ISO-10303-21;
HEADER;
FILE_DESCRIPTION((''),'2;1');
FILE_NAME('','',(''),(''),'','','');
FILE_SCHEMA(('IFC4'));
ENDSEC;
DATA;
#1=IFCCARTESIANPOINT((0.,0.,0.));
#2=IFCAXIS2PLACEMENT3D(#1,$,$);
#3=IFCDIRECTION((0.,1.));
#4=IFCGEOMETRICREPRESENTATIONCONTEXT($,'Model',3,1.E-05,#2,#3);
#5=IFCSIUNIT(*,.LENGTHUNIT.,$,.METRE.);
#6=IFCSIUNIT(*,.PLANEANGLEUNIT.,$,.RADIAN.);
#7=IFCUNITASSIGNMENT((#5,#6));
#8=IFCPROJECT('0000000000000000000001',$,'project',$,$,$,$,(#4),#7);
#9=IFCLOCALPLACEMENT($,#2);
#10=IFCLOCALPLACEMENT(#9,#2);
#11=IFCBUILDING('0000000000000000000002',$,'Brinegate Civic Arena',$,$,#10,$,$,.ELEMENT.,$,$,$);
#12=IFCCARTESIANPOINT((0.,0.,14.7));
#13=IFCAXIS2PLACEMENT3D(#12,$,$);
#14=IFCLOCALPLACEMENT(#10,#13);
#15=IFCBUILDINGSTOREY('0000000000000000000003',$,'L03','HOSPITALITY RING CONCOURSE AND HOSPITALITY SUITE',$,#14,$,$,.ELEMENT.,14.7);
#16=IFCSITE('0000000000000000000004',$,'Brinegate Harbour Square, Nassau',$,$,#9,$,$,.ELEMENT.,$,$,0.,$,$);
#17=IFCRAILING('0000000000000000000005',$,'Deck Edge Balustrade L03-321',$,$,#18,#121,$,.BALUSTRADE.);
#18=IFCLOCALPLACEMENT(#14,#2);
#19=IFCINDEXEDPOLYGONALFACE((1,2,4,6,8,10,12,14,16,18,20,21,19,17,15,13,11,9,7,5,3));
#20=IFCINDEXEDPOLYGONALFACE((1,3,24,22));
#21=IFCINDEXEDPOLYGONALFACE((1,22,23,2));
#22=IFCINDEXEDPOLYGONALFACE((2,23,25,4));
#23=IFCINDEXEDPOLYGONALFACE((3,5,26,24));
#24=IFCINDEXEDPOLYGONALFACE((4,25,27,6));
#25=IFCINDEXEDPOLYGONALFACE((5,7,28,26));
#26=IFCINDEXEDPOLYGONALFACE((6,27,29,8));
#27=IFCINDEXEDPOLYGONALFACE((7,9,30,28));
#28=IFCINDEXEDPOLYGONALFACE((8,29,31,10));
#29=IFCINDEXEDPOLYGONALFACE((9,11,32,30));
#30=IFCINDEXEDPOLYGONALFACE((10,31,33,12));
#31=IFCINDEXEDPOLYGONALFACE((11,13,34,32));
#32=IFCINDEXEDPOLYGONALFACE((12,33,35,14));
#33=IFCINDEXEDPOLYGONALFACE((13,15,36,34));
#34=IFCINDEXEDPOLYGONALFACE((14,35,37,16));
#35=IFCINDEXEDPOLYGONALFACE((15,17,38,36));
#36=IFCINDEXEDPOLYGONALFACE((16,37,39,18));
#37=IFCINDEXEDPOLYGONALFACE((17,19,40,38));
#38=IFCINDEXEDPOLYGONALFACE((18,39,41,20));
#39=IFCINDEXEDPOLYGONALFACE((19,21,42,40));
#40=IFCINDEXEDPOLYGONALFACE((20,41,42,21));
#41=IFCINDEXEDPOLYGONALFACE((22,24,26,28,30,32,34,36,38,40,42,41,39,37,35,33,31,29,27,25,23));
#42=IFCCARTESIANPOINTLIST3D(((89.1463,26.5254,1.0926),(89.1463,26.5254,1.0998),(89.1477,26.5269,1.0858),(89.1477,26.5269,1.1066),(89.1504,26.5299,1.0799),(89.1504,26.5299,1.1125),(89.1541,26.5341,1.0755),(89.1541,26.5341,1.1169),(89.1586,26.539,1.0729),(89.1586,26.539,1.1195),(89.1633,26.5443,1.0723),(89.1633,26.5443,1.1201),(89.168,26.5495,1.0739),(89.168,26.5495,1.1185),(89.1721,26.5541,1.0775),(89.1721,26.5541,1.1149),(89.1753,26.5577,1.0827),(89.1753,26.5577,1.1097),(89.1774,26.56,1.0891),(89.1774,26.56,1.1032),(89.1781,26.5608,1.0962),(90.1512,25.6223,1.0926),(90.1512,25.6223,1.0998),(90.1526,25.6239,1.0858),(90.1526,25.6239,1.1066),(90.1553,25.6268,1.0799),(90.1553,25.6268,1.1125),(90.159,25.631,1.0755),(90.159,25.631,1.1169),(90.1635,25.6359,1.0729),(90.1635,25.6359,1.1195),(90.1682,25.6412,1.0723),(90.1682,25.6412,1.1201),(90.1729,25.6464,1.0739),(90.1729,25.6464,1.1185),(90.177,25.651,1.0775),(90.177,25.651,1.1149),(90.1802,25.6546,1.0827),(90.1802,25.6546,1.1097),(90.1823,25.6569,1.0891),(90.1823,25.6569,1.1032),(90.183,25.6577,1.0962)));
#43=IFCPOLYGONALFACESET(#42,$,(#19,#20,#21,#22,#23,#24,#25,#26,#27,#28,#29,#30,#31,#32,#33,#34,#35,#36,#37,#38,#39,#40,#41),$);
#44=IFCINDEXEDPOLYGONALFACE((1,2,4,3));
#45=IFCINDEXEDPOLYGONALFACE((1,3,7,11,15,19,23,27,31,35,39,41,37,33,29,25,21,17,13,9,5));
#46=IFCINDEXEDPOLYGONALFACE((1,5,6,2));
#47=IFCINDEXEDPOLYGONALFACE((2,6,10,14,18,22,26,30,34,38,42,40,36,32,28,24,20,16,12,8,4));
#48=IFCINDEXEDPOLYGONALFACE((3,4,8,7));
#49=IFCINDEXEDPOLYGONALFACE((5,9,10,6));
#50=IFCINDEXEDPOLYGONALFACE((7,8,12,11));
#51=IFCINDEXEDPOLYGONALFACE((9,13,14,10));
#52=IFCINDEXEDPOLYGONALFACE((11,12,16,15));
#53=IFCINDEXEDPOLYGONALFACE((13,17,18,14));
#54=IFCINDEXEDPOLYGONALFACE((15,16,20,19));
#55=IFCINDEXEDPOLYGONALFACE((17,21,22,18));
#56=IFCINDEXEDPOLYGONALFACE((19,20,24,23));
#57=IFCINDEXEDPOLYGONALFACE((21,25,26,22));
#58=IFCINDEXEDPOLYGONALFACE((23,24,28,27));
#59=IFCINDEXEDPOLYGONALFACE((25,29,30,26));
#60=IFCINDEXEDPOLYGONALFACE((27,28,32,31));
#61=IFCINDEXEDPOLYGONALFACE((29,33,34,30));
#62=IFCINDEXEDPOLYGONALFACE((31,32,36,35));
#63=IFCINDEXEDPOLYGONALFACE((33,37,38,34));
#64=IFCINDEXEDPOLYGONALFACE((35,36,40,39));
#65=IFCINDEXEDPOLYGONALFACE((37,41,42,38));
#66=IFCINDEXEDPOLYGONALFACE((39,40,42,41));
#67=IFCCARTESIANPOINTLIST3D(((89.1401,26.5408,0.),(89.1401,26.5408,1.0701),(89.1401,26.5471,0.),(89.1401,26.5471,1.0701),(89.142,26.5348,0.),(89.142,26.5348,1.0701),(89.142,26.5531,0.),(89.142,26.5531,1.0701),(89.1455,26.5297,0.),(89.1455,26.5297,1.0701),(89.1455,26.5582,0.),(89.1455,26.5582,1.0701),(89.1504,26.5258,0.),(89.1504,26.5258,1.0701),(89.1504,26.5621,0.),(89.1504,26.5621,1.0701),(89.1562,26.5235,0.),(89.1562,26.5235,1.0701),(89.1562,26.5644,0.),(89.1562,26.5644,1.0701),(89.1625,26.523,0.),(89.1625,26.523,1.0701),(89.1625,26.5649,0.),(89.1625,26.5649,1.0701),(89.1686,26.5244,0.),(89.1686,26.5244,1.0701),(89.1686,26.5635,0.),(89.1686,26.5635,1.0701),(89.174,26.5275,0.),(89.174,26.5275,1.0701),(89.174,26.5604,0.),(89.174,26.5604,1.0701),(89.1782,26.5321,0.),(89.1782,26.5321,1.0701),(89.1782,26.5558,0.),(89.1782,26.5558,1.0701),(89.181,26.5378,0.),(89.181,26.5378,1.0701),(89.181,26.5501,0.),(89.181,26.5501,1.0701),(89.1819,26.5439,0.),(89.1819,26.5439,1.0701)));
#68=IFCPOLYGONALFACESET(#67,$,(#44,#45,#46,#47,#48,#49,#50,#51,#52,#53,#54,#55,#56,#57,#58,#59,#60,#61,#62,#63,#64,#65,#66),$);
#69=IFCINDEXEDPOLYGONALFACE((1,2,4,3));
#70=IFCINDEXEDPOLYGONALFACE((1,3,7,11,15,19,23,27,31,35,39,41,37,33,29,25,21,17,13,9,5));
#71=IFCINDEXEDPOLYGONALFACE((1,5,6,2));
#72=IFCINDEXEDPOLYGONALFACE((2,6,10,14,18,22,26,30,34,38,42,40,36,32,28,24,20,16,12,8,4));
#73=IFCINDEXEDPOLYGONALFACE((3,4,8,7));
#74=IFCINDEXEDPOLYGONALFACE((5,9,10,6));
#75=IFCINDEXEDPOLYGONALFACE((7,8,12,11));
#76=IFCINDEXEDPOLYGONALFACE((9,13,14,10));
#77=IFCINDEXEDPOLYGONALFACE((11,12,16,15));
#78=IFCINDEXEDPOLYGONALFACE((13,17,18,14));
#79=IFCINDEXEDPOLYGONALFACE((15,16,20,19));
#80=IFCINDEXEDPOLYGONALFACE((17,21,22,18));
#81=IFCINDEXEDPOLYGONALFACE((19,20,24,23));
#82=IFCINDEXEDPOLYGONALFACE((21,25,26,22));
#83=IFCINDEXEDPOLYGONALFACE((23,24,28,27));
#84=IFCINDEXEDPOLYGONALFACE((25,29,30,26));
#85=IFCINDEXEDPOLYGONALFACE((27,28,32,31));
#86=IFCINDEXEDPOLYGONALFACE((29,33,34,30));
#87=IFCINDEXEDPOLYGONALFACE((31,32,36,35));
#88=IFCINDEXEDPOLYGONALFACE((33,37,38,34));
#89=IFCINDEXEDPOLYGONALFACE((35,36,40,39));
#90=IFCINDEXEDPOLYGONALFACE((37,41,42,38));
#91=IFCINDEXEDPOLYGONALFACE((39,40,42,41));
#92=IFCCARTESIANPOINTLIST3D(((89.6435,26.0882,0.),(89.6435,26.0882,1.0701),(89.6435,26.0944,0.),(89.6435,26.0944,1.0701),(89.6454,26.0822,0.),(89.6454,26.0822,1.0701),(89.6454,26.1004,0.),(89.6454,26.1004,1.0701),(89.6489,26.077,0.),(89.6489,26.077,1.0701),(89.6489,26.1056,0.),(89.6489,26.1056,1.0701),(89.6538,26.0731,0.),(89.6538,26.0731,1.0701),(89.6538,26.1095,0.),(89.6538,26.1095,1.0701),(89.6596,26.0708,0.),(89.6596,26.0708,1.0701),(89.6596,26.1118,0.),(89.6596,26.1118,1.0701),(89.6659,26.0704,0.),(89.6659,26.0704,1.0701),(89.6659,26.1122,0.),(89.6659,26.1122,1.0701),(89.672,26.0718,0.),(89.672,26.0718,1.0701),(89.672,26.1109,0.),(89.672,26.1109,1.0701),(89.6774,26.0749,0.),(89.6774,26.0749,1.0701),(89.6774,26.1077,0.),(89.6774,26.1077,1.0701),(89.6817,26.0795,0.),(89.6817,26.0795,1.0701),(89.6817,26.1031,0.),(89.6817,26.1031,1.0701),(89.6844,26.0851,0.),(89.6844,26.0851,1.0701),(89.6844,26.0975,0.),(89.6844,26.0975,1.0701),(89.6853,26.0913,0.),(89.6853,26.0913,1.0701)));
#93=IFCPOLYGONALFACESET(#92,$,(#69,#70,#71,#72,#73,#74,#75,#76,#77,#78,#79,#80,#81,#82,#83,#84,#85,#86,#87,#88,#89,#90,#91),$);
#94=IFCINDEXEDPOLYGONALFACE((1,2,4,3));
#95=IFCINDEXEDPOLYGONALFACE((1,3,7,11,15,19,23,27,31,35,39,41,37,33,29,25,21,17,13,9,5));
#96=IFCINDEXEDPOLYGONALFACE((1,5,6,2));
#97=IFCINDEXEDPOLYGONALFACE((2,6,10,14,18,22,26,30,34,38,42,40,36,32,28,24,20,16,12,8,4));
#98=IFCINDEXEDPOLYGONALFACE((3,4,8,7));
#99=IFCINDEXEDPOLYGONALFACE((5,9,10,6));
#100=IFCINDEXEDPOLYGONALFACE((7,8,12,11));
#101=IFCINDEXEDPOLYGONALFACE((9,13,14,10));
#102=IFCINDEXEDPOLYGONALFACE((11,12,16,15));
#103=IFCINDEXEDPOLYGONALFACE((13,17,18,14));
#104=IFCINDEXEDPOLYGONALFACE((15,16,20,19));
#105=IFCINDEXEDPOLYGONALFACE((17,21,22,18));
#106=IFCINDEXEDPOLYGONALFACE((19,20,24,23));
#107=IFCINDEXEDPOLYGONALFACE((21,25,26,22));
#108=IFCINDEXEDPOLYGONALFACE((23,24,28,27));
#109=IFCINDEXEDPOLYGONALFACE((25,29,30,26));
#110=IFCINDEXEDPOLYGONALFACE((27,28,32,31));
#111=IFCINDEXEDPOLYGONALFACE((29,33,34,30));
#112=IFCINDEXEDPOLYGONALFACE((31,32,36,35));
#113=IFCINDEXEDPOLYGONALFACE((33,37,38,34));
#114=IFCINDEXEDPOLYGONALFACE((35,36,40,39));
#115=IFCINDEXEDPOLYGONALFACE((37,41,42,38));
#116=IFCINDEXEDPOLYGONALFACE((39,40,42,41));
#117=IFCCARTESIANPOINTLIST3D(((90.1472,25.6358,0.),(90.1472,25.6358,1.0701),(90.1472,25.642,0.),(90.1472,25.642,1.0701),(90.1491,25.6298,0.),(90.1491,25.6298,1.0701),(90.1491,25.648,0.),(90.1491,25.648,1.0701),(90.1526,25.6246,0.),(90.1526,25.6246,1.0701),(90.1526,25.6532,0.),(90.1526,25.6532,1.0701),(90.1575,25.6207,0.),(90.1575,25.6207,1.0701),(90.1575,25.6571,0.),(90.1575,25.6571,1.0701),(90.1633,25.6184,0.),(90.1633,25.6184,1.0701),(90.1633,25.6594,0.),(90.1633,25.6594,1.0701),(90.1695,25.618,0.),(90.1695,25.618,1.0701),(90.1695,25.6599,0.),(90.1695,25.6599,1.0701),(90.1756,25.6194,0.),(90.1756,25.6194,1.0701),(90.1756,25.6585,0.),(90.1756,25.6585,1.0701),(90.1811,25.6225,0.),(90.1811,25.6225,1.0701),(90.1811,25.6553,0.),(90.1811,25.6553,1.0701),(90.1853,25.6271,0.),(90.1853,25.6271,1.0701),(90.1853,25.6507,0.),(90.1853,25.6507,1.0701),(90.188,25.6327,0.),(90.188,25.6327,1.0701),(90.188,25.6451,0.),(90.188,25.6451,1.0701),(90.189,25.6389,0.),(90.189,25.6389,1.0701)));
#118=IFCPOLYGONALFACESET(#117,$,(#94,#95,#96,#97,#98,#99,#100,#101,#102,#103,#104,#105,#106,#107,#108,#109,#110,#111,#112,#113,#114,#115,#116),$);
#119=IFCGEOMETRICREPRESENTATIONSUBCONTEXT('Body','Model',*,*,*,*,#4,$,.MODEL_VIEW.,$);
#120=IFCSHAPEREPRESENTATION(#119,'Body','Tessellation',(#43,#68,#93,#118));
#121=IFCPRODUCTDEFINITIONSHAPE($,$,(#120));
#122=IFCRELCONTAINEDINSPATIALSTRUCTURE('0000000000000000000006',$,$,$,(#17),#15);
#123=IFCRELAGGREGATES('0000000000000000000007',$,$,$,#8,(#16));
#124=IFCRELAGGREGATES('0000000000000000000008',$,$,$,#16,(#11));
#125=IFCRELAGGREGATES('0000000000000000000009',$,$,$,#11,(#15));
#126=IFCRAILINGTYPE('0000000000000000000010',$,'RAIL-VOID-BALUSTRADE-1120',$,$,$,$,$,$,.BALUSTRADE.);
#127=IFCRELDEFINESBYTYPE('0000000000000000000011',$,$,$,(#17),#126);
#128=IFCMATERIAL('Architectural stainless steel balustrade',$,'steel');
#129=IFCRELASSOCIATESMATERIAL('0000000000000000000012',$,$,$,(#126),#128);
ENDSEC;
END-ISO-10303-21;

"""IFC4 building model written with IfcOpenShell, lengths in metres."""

from ifc_helpers import new_model, si_unit, direction, frame, origin, origin_2d, place, context, subcontext, project, spatial, circle, extrude, material, type_object, element, save


model = new_model("IFC4")

# Units and contexts
model_context = context("Model", 3, precision=1e-05, world=origin(), true_north=direction((0.0, 1.0)))
body_context = subcontext(model_context, "Body", "Model", "MODEL_VIEW")
ifc_project = project(units=[si_unit("LENGTHUNIT", "METRE"), si_unit("PLANEANGLEUNIT", "RADIAN")], contexts=[model_context])

# Site, building, storey
site_placement = place(None, origin())
site = spatial("IfcSite", under=ifc_project, at=site_placement, Name="Brinegate Harbour Square, Nassau", CompositionType="ELEMENT", RefElevation=0.0)
building_placement = place(site_placement, origin())
building = spatial("IfcBuilding", under=site, at=building_placement, Name="Brinegate Civic Arena", CompositionType="ELEMENT")
storey_placement = place(building_placement, frame((0.0, 0.0, 14.7)))
storey = spatial("IfcBuildingStorey", under=building, at=storey_placement, Name="L03", Description="HOSPITALITY RING CONCOURSE AND HOSPITALITY SUITE", CompositionType="ELEMENT", Elevation=14.7)

# Shared definitions
ifc_material_1 = material(Name="Architectural stainless steel balustrade", Category="steel")

# Railing
railing_type = type_object("IfcRailingType", Name="RAIL-VOID-BALUSTRADE-1120", PredefinedType="BALUSTRADE", material=ifc_material_1)
railing_1_placement = place(storey_placement, frame((89.1609, 26.5439, 0.0)))
element("IfcRailing", 1, at=railing_1_placement, inside=storey, type_object=railing_type, Name="Deck Edge Balustrade L03-321", PredefinedType="BALUSTRADE", context=body_context, shape_type="SweptSolid", body=[
    extrude(circle(Radius=0.0239, at=origin_2d()), frame((0.0012, -0.001, 1.0962), z_axis=(0.743787, -0.668417, 0.0), x_axis=(0.668417, 0.743787, 0.0)), (0.0, 0.0, 1.0), 1.3511),
    extrude(circle(Radius=0.021, at=origin_2d()), origin(), (0.0, 0.0, 1.0), 1.0701),
    extrude(circle(Radius=0.021, at=origin_2d()), frame((0.5034, -0.4526, 0.0)), (0.0, 0.0, 1.0), 1.0701),
    extrude(circle(Radius=0.021, at=origin_2d()), frame((1.0071, -0.905, 0.0)), (0.0, 0.0, 1.0), 1.0701),
])

save(model, "model.ifc")
